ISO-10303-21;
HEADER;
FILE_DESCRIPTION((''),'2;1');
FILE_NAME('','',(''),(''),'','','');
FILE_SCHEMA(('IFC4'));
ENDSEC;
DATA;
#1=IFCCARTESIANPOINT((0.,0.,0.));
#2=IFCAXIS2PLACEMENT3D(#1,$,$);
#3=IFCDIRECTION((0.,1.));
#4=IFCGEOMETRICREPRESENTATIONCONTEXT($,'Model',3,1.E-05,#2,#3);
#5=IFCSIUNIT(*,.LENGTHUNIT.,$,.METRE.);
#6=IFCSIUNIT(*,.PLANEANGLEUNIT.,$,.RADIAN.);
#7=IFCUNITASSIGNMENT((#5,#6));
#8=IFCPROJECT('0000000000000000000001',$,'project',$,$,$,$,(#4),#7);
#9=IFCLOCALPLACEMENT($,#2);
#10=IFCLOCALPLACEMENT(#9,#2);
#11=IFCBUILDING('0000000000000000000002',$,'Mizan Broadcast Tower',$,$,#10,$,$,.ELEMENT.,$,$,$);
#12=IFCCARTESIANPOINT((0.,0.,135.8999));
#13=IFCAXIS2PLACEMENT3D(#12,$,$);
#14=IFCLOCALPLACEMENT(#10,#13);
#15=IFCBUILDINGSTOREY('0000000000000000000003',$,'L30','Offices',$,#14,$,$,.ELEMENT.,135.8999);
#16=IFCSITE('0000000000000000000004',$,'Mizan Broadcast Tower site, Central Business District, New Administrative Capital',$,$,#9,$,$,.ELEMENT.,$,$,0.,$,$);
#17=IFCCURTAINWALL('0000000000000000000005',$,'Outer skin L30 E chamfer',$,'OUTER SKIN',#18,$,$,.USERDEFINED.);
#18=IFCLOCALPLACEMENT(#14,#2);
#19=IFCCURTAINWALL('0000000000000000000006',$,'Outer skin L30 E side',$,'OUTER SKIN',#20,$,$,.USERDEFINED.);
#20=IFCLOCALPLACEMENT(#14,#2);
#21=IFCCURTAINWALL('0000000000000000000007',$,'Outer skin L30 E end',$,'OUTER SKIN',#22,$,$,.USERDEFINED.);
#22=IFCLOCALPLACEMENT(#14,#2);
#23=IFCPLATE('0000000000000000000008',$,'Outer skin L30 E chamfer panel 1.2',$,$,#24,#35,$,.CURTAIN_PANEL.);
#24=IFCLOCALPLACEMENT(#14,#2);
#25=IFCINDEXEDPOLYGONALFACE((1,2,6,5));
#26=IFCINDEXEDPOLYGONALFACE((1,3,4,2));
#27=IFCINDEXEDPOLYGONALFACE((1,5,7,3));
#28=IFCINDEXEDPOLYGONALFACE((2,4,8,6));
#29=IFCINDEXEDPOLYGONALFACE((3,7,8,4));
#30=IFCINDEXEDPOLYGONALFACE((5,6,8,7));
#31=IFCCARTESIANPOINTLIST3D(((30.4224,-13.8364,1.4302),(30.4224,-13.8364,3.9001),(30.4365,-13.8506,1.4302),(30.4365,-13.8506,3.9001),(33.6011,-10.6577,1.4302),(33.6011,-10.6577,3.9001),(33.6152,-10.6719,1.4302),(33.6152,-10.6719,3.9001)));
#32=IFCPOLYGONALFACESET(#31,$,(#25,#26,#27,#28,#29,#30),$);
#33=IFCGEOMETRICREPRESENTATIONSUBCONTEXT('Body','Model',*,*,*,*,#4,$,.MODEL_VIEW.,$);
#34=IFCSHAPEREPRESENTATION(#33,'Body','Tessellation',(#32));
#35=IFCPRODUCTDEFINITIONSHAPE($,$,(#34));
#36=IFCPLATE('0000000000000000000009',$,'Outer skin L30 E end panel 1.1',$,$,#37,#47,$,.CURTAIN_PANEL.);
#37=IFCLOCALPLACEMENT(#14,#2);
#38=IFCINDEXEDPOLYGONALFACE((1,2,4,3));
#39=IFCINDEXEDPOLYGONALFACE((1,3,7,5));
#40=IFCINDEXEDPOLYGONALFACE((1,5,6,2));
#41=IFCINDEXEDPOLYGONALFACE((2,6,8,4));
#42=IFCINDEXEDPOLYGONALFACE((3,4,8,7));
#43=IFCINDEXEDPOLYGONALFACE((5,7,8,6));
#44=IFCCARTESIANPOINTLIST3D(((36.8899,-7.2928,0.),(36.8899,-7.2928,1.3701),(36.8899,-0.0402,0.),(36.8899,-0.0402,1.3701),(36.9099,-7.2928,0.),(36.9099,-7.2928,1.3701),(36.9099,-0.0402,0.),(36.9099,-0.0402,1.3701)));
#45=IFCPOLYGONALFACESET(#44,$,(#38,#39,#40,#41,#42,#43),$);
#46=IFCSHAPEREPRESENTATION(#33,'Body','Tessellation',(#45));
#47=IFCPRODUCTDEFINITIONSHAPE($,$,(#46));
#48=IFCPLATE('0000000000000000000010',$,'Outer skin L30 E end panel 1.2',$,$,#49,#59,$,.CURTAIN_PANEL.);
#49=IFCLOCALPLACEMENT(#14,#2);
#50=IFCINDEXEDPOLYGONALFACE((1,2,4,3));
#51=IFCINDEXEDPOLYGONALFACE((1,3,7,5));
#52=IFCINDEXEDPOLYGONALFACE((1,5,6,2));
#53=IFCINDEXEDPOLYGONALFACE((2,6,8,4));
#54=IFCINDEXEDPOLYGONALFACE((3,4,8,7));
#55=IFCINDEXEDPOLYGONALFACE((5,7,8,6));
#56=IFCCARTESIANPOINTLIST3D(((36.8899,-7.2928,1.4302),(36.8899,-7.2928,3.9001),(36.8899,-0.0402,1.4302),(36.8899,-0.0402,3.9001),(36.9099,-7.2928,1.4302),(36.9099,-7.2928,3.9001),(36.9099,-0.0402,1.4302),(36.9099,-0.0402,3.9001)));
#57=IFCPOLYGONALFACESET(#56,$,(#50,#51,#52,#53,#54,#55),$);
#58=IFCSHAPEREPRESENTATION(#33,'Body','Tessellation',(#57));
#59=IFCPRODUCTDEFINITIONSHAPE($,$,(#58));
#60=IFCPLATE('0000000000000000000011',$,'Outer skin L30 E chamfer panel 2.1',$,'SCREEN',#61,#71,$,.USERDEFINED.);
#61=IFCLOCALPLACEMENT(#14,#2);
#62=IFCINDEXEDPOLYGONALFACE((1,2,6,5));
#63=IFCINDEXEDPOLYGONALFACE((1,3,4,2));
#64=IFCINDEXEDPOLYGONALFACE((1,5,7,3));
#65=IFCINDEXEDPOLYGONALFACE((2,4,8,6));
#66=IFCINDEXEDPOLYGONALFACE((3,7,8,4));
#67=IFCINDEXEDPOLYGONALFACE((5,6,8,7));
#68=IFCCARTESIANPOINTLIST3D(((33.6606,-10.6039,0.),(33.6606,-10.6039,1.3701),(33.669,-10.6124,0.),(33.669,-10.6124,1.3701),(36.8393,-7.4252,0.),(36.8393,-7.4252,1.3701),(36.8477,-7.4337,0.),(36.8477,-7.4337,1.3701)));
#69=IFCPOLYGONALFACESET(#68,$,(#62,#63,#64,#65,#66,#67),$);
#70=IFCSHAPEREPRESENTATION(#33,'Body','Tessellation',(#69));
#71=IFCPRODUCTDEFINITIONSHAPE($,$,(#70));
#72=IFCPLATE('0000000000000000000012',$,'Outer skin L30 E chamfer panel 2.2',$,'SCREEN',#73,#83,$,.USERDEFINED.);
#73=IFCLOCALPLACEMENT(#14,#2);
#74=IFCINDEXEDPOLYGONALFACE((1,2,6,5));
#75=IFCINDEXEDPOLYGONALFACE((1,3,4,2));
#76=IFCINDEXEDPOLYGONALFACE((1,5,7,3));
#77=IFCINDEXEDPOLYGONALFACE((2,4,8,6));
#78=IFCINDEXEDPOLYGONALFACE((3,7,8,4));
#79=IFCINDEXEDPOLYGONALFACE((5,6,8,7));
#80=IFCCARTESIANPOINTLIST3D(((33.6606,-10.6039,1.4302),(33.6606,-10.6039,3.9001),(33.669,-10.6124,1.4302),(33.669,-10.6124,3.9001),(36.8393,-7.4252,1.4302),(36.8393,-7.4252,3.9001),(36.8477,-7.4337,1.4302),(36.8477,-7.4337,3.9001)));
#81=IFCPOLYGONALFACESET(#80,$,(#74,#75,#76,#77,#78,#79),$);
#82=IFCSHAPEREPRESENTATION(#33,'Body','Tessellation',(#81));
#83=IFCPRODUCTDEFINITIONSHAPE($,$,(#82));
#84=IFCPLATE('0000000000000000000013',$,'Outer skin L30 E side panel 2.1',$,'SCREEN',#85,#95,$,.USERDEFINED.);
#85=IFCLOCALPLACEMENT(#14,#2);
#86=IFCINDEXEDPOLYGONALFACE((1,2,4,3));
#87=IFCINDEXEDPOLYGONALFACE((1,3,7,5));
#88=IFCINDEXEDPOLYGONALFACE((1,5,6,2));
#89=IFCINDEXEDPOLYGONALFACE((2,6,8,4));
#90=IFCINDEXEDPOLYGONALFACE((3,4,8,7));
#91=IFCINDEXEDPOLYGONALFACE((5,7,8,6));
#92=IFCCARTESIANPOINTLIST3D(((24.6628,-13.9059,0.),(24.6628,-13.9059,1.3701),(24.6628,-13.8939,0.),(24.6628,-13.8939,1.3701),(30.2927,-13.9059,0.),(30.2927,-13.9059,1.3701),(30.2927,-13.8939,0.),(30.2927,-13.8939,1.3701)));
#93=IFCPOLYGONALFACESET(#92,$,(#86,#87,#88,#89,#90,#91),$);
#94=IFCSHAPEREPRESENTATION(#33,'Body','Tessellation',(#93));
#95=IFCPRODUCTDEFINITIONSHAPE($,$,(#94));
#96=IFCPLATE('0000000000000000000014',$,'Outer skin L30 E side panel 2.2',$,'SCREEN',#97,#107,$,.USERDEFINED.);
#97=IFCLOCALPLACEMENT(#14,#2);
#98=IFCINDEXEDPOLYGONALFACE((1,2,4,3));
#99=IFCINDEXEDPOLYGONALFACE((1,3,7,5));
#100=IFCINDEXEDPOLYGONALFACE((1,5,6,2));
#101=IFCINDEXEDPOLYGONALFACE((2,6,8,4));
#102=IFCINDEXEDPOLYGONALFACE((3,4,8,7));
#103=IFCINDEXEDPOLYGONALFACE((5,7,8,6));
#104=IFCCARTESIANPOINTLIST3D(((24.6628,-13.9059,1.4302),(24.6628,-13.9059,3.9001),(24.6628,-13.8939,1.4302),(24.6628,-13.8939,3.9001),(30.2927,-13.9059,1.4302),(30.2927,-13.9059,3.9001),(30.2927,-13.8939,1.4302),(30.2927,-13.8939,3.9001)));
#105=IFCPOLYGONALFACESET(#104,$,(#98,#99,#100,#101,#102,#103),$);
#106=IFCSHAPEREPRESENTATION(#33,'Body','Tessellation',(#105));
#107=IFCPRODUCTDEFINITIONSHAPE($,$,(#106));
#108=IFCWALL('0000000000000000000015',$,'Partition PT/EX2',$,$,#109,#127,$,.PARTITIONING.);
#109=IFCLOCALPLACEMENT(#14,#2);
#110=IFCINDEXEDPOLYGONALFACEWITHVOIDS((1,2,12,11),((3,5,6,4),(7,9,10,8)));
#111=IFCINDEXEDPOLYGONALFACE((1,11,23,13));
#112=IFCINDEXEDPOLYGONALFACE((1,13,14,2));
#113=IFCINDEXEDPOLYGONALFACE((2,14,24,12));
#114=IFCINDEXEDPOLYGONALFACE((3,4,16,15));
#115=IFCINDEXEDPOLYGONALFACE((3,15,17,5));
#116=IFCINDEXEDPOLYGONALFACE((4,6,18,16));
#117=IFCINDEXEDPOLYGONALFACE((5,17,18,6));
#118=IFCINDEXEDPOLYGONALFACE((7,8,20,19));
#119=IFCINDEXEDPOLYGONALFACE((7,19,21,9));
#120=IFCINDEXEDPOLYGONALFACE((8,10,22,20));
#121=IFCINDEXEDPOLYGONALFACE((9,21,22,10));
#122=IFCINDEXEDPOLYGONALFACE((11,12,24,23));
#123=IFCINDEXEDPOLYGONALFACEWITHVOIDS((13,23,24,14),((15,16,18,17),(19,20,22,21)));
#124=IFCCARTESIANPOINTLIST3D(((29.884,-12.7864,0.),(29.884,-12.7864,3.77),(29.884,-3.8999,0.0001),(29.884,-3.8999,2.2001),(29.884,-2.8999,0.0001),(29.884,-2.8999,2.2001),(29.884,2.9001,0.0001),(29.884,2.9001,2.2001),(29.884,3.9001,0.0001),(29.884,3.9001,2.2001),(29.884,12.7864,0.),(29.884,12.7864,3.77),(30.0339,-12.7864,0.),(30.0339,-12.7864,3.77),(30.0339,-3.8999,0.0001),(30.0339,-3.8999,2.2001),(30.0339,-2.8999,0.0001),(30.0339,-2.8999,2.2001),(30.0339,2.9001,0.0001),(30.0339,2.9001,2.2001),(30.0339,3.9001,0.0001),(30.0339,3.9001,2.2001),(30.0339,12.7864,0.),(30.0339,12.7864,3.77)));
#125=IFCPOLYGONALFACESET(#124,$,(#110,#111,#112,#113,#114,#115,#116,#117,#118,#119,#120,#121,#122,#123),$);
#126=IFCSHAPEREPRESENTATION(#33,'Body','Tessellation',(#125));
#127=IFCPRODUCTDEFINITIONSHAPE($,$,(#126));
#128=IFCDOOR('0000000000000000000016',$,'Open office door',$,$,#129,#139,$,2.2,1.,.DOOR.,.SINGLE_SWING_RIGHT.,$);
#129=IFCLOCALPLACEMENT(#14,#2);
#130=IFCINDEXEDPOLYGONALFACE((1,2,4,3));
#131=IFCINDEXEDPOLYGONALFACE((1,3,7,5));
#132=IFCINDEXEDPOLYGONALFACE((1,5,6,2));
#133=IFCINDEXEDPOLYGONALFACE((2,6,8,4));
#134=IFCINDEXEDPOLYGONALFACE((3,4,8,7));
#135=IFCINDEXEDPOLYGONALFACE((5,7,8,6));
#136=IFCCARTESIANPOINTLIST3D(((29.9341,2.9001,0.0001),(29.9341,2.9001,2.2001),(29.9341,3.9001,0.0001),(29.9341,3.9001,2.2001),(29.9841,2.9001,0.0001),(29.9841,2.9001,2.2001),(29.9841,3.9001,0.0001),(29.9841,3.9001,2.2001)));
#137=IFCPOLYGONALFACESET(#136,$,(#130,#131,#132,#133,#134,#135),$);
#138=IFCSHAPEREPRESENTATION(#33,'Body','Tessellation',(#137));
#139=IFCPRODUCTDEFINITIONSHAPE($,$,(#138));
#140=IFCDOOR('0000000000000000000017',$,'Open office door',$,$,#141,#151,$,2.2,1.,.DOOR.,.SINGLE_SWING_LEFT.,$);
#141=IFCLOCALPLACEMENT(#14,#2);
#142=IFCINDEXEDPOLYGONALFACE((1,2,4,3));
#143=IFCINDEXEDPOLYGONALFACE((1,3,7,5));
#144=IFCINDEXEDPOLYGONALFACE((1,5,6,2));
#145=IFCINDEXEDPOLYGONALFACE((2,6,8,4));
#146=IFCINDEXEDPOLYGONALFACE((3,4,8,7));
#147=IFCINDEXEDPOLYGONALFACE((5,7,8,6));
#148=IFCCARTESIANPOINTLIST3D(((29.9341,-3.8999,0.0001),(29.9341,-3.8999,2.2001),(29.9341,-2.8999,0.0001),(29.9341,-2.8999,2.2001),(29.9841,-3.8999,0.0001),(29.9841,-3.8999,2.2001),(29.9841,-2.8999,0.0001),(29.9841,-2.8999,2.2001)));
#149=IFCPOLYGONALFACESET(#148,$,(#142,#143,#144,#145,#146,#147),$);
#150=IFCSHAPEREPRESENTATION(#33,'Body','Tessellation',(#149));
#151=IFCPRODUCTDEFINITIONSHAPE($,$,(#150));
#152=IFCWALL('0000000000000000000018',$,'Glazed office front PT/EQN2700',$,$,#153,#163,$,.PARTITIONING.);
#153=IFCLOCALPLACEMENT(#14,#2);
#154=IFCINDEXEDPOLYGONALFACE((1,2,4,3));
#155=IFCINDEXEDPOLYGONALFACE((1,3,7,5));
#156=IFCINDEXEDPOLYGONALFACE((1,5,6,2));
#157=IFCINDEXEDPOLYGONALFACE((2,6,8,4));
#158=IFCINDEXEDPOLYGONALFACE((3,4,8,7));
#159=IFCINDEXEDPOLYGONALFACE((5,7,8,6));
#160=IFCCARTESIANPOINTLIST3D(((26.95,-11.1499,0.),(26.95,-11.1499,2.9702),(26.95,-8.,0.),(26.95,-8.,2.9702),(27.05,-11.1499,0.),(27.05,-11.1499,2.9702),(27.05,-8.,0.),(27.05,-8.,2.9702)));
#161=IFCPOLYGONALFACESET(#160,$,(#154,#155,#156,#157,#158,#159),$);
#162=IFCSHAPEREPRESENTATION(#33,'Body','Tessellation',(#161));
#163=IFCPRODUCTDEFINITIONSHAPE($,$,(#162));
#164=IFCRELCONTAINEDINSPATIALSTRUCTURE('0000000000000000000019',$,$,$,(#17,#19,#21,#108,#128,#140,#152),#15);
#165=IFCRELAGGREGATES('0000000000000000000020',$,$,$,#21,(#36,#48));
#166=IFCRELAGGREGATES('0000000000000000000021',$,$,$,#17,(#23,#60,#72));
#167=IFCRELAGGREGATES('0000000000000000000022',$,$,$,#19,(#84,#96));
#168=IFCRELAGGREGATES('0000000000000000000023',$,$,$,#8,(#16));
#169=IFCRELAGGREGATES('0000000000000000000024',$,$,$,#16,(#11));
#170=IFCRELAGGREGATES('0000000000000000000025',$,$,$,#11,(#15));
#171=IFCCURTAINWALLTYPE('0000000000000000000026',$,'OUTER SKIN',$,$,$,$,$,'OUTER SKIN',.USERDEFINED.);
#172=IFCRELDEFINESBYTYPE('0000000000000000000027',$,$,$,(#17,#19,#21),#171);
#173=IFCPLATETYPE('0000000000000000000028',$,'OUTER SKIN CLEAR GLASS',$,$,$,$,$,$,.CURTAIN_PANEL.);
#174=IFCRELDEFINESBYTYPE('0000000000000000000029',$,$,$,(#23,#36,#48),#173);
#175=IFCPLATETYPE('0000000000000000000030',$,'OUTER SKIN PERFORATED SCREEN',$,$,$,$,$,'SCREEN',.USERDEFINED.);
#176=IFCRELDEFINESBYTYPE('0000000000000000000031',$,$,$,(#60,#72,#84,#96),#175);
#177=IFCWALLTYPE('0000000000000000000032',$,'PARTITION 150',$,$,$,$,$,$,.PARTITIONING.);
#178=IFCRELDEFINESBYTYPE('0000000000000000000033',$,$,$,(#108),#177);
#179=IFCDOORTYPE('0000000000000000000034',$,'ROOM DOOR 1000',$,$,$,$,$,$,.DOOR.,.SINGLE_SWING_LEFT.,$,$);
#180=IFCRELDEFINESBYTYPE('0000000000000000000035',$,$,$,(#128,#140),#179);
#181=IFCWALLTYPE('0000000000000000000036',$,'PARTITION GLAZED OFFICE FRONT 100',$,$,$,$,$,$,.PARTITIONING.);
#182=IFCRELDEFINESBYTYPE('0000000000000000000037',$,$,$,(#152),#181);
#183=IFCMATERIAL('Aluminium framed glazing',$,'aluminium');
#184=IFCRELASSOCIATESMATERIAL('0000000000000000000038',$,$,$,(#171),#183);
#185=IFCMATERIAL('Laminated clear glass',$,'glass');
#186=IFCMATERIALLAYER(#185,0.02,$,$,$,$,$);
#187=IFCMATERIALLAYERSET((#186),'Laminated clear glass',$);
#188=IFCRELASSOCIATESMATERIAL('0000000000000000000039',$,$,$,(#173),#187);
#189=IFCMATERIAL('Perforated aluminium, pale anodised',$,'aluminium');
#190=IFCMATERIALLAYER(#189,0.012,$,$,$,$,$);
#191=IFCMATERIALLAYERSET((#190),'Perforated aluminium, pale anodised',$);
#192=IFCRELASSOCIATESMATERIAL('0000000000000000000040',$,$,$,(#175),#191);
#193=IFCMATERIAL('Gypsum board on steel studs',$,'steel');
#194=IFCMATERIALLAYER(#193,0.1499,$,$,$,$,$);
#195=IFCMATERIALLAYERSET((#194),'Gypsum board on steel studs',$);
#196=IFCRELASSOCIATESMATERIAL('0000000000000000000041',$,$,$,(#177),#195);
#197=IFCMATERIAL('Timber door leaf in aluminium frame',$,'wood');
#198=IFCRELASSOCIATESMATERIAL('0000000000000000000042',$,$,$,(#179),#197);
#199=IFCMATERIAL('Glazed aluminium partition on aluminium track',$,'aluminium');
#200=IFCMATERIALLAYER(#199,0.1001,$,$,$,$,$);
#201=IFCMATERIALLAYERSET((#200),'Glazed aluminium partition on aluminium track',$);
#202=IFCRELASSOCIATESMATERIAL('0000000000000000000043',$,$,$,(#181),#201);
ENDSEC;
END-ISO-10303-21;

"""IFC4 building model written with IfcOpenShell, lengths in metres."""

from ifc_helpers import new_model, si_unit, direction, frame, frame_2d, origin, origin_2d, place, context, subcontext, project, spatial, rectangle, extrude, material, layer, layer_set, type_object, element, fill, aggregate, save


model = new_model("IFC4")

# Units and contexts
model_context = context("Model", 3, precision=1e-05, world=origin(), true_north=direction((0.0, 1.0)))
body_context = subcontext(model_context, "Body", "Model", "MODEL_VIEW")
ifc_project = project(units=[si_unit("LENGTHUNIT", "METRE"), si_unit("PLANEANGLEUNIT", "RADIAN")], contexts=[model_context])

# Site, building, storey
site_placement = place(None, origin())
site = spatial("IfcSite", under=ifc_project, at=site_placement, Name="Mizan Broadcast Tower site, Central Business District, New Administrative Capital", CompositionType="ELEMENT", RefElevation=0.0)
building_placement = place(site_placement, origin())
building = spatial("IfcBuilding", under=site, at=building_placement, Name="Mizan Broadcast Tower", CompositionType="ELEMENT")
storey_placement = place(building_placement, frame((0.0, 0.0, 135.8999)))
storey = spatial("IfcBuildingStorey", under=building, at=storey_placement, Name="L30", Description="Offices", CompositionType="ELEMENT", Elevation=135.8999)

# Curtain wall
ifc_material_1 = material(Name="Aluminium framed glazing", Category="aluminium")
curtain_wall_type_1 = type_object("IfcCurtainWallType", Name="OUTER SKIN", ElementType="OUTER SKIN", PredefinedType="USERDEFINED", material=ifc_material_1)
curtain_wall_1_placement = place(storey_placement, origin())
curtain_wall_1 = element("IfcCurtainWall", 1, at=curtain_wall_1_placement, inside=storey, type_object=curtain_wall_type_1, Name="Outer skin L30 E chamfer", ObjectType="OUTER SKIN", PredefinedType="USERDEFINED")

# Curtain wall
curtain_wall_2_placement = place(storey_placement, origin())
curtain_wall_2 = element("IfcCurtainWall", 2, at=curtain_wall_2_placement, inside=storey, type_object=curtain_wall_type_1, Name="Outer skin L30 E side", ObjectType="OUTER SKIN", PredefinedType="USERDEFINED")

# Curtain wall
curtain_wall_3_placement = place(storey_placement, origin())
curtain_wall_3 = element("IfcCurtainWall", 3, at=curtain_wall_3_placement, inside=storey, type_object=curtain_wall_type_1, Name="Outer skin L30 E end", ObjectType="OUTER SKIN", PredefinedType="USERDEFINED")

# Plates
ifc_material_2 = material(Name="Laminated clear glass", Category="glass")
ifc_layer_1 = layer(ifc_material_2, 0.02)
ifc_layer_set_1 = layer_set([ifc_layer_1], Name="Laminated clear glass")
plate_type_1 = type_object("IfcPlateType", Name="OUTER SKIN CLEAR GLASS", PredefinedType="CURTAIN_PANEL", material=ifc_layer_set_1)
plate_1_placement = place(storey_placement, frame((32.0188, -12.2542, 1.4302), z_axis=(0.0, 0.0, 1.0), x_axis=(0.707107, 0.707107, 0.0)))
plate_1 = element("IfcPlate", 4, at=plate_1_placement, type_object=plate_type_1, Name="Outer skin L30 E chamfer panel 1.2", PredefinedType="CURTAIN_PANEL", context=body_context, shape_type="SweptSolid", body=[
    extrude(rectangle(XDim=4.4954, YDim=0.02, at=origin_2d()), origin(), (0.0, 0.0, 1.0), 2.47),
])
plate_2_placement = place(storey_placement, frame((36.8999, -3.6665, 0.0), z_axis=(0.0, 0.0, 1.0), x_axis=(0.0, 1.0, 0.0)))
plate_2 = element("IfcPlate", 5, at=plate_2_placement, type_object=plate_type_1, Name="Outer skin L30 E end panel 1.1", PredefinedType="CURTAIN_PANEL", context=body_context, shape_type="SweptSolid", body=[
    extrude(rectangle(XDim=7.2527, YDim=0.02, at=origin_2d()), origin(), (0.0, 0.0, 1.0), 1.3701),
])
plate_3_placement = place(storey_placement, frame((36.8999, -3.6665, 1.4302), z_axis=(0.0, 0.0, 1.0), x_axis=(0.0, 1.0, 0.0)))
plate_3 = element("IfcPlate", 6, at=plate_3_placement, type_object=plate_type_1, Name="Outer skin L30 E end panel 1.2", PredefinedType="CURTAIN_PANEL", context=body_context, shape_type="SweptSolid", body=[
    extrude(rectangle(XDim=7.2527, YDim=0.02, at=origin_2d()), origin(), (0.0, 0.0, 1.0), 2.47),
])
aggregate(curtain_wall_3, [plate_2, plate_3])
ifc_material_3 = material(Name="Perforated aluminium, pale anodised", Category="aluminium")
ifc_layer_2 = layer(ifc_material_3, 0.012)
ifc_layer_set_2 = layer_set([ifc_layer_2], Name="Perforated aluminium, pale anodised")
plate_type_2 = type_object("IfcPlateType", Name="OUTER SKIN PERFORATED SCREEN", ElementType="SCREEN", PredefinedType="USERDEFINED", material=ifc_layer_set_2)
plate_4_placement = place(storey_placement, frame((35.2542, -9.0188, 0.0), z_axis=(0.0, 0.0, 1.0), x_axis=(0.707107, 0.707107, 0.0)))
plate_4 = element("IfcPlate", 7, at=plate_4_placement, type_object=plate_type_2, Name="Outer skin L30 E chamfer panel 2.1", ObjectType="SCREEN", PredefinedType="USERDEFINED", context=body_context, shape_type="SweptSolid", body=[
    extrude(rectangle(XDim=4.4954, YDim=0.012, at=origin_2d()), origin(), (0.0, 0.0, 1.0), 1.3701),
])
plate_5_placement = place(storey_placement, frame((35.2542, -9.0188, 1.4302), z_axis=(0.0, 0.0, 1.0), x_axis=(0.707107, 0.707107, 0.0)))
plate_5 = element("IfcPlate", 8, at=plate_5_placement, type_object=plate_type_2, Name="Outer skin L30 E chamfer panel 2.2", ObjectType="SCREEN", PredefinedType="USERDEFINED", context=body_context, shape_type="SweptSolid", body=[
    extrude(rectangle(XDim=4.4954, YDim=0.012, at=origin_2d()), origin(), (0.0, 0.0, 1.0), 2.47),
])
aggregate(curtain_wall_1, [plate_1, plate_4, plate_5])
plate_6_placement = place(storey_placement, frame((27.4778, -13.8999, 0.0), z_axis=(0.0, 0.0, 1.0), x_axis=(1.0, 0.0, 0.0)))
plate_6 = element("IfcPlate", 9, at=plate_6_placement, type_object=plate_type_2, Name="Outer skin L30 E side panel 2.1", ObjectType="SCREEN", PredefinedType="USERDEFINED", context=body_context, shape_type="SweptSolid", body=[
    extrude(rectangle(XDim=5.6299, YDim=0.012, at=origin_2d()), origin(), (0.0, 0.0, 1.0), 1.3701),
])
plate_7_placement = place(storey_placement, frame((27.4778, -13.8999, 1.4302), z_axis=(0.0, 0.0, 1.0), x_axis=(1.0, 0.0, 0.0)))
plate_7 = element("IfcPlate", 10, at=plate_7_placement, type_object=plate_type_2, Name="Outer skin L30 E side panel 2.2", ObjectType="SCREEN", PredefinedType="USERDEFINED", context=body_context, shape_type="SweptSolid", body=[
    extrude(rectangle(XDim=5.6299, YDim=0.012, at=origin_2d()), origin(), (0.0, 0.0, 1.0), 2.47),
])
aggregate(curtain_wall_2, [plate_6, plate_7])

# Wall, openings, doors
ifc_material_4 = material(Name="Gypsum board on steel studs", Category="steel")
ifc_layer_3 = layer(ifc_material_4, 0.1499)
ifc_layer_set_3 = layer_set([ifc_layer_3], Name="Gypsum board on steel studs")
wall_type_1 = type_object("IfcWallType", Name="PARTITION 150", PredefinedType="PARTITIONING", material=ifc_layer_set_3)
wall_1_placement = place(storey_placement, frame((29.959, -12.7864, 0.0), z_axis=(0.0, 0.0, 1.0), x_axis=(0.0, 1.0, 0.0)))
wall_1 = element("IfcWall", 11, at=wall_1_placement, inside=storey, type_object=wall_type_1, Name="Partition PT/EX2", PredefinedType="PARTITIONING", context=body_context, shape_type="SweptSolid", body=[
    extrude(rectangle(XDim=25.5728, YDim=0.1499, at=frame_2d((12.7864, 0.0))), origin(), (0.0, 0.0, 1.0), 3.77),
])
opening_1_placement = place(wall_1_placement, frame((15.6865, 0.0, 0.0)))
opening_1 = element("IfcOpeningElement", 12, at=opening_1_placement, cuts=wall_1, PredefinedType="OPENING", context=body_context, shape_type="SweptSolid", body=[
    extrude(rectangle(XDim=1.0, YDim=2.2, at=frame_2d((0.5, 1.1001))), frame((0.0, 0.085, 0.0), z_axis=(0.0, -1.0, 0.0), x_axis=(1.0, 0.0, 0.0)), (0.0, 0.0, 1.0), 0.1699),
])
opening_2_placement = place(wall_1_placement, frame((8.8865, 0.0, 0.0)))
opening_2 = element("IfcOpeningElement", 13, at=opening_2_placement, cuts=wall_1, PredefinedType="OPENING", context=body_context, shape_type="SweptSolid", body=[
    extrude(rectangle(XDim=1.0, YDim=2.2, at=frame_2d((0.5, 1.1001))), frame((0.0, 0.085, 0.0), z_axis=(0.0, -1.0, 0.0), x_axis=(1.0, 0.0, 0.0)), (0.0, 0.0, 1.0), 0.1699),
])
ifc_material_5 = material(Name="Timber door leaf in aluminium frame", Category="wood")
door_type = type_object("IfcDoorType", Name="ROOM DOOR 1000", OperationType="SINGLE_SWING_LEFT", PredefinedType="DOOR", material=ifc_material_5)
door_1_placement = place(opening_1_placement, origin())
door_1 = element("IfcDoor", 14, at=door_1_placement, inside=storey, type_object=door_type, Name="Open office door", OperationType="SINGLE_SWING_RIGHT", OverallHeight=2.2, OverallWidth=1.0, PredefinedType="DOOR", context=body_context, shape_type="SweptSolid", body=[
    extrude(rectangle(XDim=1.0, YDim=2.2, at=frame_2d((0.5, 1.1001))), frame((0.0, 0.0249, 0.0), z_axis=(0.0, -1.0, 0.0), x_axis=(1.0, 0.0, 0.0)), (0.0, 0.0, 1.0), 0.05),
])
fill(opening_1, door_1)
door_2_placement = place(opening_2_placement, origin())
door_2 = element("IfcDoor", 15, at=door_2_placement, inside=storey, type_object=door_type, Name="Open office door", OperationType="SINGLE_SWING_LEFT", OverallHeight=2.2, OverallWidth=1.0, PredefinedType="DOOR", context=body_context, shape_type="SweptSolid", body=[
    extrude(rectangle(XDim=1.0, YDim=2.2, at=frame_2d((0.5, 1.1001))), frame((0.0, 0.0249, 0.0), z_axis=(0.0, -1.0, 0.0), x_axis=(1.0, 0.0, 0.0)), (0.0, 0.0, 1.0), 0.05),
])
fill(opening_2, door_2)

# Wall
ifc_material_6 = material(Name="Glazed aluminium partition on aluminium track", Category="aluminium")
ifc_layer_4 = layer(ifc_material_6, 0.1001)
ifc_layer_set_4 = layer_set([ifc_layer_4], Name="Glazed aluminium partition on aluminium track")
wall_type_2 = type_object("IfcWallType", Name="PARTITION GLAZED OFFICE FRONT 100", PredefinedType="PARTITIONING", material=ifc_layer_set_4)
wall_2_placement = place(storey_placement, frame((27.0, -8.0, 0.0), z_axis=(0.0, 0.0, 1.0), x_axis=(0.0, -1.0, 0.0)))
element("IfcWall", 16, at=wall_2_placement, inside=storey, type_object=wall_type_2, Name="Glazed office front PT/EQN2700", PredefinedType="PARTITIONING", context=body_context, shape_type="SweptSolid", body=[
    extrude(rectangle(XDim=3.1499, YDim=0.1001, at=frame_2d((1.575, 0.0))), origin(), (0.0, 0.0, 1.0), 2.9702),
])

save(model, "model.ifc")
